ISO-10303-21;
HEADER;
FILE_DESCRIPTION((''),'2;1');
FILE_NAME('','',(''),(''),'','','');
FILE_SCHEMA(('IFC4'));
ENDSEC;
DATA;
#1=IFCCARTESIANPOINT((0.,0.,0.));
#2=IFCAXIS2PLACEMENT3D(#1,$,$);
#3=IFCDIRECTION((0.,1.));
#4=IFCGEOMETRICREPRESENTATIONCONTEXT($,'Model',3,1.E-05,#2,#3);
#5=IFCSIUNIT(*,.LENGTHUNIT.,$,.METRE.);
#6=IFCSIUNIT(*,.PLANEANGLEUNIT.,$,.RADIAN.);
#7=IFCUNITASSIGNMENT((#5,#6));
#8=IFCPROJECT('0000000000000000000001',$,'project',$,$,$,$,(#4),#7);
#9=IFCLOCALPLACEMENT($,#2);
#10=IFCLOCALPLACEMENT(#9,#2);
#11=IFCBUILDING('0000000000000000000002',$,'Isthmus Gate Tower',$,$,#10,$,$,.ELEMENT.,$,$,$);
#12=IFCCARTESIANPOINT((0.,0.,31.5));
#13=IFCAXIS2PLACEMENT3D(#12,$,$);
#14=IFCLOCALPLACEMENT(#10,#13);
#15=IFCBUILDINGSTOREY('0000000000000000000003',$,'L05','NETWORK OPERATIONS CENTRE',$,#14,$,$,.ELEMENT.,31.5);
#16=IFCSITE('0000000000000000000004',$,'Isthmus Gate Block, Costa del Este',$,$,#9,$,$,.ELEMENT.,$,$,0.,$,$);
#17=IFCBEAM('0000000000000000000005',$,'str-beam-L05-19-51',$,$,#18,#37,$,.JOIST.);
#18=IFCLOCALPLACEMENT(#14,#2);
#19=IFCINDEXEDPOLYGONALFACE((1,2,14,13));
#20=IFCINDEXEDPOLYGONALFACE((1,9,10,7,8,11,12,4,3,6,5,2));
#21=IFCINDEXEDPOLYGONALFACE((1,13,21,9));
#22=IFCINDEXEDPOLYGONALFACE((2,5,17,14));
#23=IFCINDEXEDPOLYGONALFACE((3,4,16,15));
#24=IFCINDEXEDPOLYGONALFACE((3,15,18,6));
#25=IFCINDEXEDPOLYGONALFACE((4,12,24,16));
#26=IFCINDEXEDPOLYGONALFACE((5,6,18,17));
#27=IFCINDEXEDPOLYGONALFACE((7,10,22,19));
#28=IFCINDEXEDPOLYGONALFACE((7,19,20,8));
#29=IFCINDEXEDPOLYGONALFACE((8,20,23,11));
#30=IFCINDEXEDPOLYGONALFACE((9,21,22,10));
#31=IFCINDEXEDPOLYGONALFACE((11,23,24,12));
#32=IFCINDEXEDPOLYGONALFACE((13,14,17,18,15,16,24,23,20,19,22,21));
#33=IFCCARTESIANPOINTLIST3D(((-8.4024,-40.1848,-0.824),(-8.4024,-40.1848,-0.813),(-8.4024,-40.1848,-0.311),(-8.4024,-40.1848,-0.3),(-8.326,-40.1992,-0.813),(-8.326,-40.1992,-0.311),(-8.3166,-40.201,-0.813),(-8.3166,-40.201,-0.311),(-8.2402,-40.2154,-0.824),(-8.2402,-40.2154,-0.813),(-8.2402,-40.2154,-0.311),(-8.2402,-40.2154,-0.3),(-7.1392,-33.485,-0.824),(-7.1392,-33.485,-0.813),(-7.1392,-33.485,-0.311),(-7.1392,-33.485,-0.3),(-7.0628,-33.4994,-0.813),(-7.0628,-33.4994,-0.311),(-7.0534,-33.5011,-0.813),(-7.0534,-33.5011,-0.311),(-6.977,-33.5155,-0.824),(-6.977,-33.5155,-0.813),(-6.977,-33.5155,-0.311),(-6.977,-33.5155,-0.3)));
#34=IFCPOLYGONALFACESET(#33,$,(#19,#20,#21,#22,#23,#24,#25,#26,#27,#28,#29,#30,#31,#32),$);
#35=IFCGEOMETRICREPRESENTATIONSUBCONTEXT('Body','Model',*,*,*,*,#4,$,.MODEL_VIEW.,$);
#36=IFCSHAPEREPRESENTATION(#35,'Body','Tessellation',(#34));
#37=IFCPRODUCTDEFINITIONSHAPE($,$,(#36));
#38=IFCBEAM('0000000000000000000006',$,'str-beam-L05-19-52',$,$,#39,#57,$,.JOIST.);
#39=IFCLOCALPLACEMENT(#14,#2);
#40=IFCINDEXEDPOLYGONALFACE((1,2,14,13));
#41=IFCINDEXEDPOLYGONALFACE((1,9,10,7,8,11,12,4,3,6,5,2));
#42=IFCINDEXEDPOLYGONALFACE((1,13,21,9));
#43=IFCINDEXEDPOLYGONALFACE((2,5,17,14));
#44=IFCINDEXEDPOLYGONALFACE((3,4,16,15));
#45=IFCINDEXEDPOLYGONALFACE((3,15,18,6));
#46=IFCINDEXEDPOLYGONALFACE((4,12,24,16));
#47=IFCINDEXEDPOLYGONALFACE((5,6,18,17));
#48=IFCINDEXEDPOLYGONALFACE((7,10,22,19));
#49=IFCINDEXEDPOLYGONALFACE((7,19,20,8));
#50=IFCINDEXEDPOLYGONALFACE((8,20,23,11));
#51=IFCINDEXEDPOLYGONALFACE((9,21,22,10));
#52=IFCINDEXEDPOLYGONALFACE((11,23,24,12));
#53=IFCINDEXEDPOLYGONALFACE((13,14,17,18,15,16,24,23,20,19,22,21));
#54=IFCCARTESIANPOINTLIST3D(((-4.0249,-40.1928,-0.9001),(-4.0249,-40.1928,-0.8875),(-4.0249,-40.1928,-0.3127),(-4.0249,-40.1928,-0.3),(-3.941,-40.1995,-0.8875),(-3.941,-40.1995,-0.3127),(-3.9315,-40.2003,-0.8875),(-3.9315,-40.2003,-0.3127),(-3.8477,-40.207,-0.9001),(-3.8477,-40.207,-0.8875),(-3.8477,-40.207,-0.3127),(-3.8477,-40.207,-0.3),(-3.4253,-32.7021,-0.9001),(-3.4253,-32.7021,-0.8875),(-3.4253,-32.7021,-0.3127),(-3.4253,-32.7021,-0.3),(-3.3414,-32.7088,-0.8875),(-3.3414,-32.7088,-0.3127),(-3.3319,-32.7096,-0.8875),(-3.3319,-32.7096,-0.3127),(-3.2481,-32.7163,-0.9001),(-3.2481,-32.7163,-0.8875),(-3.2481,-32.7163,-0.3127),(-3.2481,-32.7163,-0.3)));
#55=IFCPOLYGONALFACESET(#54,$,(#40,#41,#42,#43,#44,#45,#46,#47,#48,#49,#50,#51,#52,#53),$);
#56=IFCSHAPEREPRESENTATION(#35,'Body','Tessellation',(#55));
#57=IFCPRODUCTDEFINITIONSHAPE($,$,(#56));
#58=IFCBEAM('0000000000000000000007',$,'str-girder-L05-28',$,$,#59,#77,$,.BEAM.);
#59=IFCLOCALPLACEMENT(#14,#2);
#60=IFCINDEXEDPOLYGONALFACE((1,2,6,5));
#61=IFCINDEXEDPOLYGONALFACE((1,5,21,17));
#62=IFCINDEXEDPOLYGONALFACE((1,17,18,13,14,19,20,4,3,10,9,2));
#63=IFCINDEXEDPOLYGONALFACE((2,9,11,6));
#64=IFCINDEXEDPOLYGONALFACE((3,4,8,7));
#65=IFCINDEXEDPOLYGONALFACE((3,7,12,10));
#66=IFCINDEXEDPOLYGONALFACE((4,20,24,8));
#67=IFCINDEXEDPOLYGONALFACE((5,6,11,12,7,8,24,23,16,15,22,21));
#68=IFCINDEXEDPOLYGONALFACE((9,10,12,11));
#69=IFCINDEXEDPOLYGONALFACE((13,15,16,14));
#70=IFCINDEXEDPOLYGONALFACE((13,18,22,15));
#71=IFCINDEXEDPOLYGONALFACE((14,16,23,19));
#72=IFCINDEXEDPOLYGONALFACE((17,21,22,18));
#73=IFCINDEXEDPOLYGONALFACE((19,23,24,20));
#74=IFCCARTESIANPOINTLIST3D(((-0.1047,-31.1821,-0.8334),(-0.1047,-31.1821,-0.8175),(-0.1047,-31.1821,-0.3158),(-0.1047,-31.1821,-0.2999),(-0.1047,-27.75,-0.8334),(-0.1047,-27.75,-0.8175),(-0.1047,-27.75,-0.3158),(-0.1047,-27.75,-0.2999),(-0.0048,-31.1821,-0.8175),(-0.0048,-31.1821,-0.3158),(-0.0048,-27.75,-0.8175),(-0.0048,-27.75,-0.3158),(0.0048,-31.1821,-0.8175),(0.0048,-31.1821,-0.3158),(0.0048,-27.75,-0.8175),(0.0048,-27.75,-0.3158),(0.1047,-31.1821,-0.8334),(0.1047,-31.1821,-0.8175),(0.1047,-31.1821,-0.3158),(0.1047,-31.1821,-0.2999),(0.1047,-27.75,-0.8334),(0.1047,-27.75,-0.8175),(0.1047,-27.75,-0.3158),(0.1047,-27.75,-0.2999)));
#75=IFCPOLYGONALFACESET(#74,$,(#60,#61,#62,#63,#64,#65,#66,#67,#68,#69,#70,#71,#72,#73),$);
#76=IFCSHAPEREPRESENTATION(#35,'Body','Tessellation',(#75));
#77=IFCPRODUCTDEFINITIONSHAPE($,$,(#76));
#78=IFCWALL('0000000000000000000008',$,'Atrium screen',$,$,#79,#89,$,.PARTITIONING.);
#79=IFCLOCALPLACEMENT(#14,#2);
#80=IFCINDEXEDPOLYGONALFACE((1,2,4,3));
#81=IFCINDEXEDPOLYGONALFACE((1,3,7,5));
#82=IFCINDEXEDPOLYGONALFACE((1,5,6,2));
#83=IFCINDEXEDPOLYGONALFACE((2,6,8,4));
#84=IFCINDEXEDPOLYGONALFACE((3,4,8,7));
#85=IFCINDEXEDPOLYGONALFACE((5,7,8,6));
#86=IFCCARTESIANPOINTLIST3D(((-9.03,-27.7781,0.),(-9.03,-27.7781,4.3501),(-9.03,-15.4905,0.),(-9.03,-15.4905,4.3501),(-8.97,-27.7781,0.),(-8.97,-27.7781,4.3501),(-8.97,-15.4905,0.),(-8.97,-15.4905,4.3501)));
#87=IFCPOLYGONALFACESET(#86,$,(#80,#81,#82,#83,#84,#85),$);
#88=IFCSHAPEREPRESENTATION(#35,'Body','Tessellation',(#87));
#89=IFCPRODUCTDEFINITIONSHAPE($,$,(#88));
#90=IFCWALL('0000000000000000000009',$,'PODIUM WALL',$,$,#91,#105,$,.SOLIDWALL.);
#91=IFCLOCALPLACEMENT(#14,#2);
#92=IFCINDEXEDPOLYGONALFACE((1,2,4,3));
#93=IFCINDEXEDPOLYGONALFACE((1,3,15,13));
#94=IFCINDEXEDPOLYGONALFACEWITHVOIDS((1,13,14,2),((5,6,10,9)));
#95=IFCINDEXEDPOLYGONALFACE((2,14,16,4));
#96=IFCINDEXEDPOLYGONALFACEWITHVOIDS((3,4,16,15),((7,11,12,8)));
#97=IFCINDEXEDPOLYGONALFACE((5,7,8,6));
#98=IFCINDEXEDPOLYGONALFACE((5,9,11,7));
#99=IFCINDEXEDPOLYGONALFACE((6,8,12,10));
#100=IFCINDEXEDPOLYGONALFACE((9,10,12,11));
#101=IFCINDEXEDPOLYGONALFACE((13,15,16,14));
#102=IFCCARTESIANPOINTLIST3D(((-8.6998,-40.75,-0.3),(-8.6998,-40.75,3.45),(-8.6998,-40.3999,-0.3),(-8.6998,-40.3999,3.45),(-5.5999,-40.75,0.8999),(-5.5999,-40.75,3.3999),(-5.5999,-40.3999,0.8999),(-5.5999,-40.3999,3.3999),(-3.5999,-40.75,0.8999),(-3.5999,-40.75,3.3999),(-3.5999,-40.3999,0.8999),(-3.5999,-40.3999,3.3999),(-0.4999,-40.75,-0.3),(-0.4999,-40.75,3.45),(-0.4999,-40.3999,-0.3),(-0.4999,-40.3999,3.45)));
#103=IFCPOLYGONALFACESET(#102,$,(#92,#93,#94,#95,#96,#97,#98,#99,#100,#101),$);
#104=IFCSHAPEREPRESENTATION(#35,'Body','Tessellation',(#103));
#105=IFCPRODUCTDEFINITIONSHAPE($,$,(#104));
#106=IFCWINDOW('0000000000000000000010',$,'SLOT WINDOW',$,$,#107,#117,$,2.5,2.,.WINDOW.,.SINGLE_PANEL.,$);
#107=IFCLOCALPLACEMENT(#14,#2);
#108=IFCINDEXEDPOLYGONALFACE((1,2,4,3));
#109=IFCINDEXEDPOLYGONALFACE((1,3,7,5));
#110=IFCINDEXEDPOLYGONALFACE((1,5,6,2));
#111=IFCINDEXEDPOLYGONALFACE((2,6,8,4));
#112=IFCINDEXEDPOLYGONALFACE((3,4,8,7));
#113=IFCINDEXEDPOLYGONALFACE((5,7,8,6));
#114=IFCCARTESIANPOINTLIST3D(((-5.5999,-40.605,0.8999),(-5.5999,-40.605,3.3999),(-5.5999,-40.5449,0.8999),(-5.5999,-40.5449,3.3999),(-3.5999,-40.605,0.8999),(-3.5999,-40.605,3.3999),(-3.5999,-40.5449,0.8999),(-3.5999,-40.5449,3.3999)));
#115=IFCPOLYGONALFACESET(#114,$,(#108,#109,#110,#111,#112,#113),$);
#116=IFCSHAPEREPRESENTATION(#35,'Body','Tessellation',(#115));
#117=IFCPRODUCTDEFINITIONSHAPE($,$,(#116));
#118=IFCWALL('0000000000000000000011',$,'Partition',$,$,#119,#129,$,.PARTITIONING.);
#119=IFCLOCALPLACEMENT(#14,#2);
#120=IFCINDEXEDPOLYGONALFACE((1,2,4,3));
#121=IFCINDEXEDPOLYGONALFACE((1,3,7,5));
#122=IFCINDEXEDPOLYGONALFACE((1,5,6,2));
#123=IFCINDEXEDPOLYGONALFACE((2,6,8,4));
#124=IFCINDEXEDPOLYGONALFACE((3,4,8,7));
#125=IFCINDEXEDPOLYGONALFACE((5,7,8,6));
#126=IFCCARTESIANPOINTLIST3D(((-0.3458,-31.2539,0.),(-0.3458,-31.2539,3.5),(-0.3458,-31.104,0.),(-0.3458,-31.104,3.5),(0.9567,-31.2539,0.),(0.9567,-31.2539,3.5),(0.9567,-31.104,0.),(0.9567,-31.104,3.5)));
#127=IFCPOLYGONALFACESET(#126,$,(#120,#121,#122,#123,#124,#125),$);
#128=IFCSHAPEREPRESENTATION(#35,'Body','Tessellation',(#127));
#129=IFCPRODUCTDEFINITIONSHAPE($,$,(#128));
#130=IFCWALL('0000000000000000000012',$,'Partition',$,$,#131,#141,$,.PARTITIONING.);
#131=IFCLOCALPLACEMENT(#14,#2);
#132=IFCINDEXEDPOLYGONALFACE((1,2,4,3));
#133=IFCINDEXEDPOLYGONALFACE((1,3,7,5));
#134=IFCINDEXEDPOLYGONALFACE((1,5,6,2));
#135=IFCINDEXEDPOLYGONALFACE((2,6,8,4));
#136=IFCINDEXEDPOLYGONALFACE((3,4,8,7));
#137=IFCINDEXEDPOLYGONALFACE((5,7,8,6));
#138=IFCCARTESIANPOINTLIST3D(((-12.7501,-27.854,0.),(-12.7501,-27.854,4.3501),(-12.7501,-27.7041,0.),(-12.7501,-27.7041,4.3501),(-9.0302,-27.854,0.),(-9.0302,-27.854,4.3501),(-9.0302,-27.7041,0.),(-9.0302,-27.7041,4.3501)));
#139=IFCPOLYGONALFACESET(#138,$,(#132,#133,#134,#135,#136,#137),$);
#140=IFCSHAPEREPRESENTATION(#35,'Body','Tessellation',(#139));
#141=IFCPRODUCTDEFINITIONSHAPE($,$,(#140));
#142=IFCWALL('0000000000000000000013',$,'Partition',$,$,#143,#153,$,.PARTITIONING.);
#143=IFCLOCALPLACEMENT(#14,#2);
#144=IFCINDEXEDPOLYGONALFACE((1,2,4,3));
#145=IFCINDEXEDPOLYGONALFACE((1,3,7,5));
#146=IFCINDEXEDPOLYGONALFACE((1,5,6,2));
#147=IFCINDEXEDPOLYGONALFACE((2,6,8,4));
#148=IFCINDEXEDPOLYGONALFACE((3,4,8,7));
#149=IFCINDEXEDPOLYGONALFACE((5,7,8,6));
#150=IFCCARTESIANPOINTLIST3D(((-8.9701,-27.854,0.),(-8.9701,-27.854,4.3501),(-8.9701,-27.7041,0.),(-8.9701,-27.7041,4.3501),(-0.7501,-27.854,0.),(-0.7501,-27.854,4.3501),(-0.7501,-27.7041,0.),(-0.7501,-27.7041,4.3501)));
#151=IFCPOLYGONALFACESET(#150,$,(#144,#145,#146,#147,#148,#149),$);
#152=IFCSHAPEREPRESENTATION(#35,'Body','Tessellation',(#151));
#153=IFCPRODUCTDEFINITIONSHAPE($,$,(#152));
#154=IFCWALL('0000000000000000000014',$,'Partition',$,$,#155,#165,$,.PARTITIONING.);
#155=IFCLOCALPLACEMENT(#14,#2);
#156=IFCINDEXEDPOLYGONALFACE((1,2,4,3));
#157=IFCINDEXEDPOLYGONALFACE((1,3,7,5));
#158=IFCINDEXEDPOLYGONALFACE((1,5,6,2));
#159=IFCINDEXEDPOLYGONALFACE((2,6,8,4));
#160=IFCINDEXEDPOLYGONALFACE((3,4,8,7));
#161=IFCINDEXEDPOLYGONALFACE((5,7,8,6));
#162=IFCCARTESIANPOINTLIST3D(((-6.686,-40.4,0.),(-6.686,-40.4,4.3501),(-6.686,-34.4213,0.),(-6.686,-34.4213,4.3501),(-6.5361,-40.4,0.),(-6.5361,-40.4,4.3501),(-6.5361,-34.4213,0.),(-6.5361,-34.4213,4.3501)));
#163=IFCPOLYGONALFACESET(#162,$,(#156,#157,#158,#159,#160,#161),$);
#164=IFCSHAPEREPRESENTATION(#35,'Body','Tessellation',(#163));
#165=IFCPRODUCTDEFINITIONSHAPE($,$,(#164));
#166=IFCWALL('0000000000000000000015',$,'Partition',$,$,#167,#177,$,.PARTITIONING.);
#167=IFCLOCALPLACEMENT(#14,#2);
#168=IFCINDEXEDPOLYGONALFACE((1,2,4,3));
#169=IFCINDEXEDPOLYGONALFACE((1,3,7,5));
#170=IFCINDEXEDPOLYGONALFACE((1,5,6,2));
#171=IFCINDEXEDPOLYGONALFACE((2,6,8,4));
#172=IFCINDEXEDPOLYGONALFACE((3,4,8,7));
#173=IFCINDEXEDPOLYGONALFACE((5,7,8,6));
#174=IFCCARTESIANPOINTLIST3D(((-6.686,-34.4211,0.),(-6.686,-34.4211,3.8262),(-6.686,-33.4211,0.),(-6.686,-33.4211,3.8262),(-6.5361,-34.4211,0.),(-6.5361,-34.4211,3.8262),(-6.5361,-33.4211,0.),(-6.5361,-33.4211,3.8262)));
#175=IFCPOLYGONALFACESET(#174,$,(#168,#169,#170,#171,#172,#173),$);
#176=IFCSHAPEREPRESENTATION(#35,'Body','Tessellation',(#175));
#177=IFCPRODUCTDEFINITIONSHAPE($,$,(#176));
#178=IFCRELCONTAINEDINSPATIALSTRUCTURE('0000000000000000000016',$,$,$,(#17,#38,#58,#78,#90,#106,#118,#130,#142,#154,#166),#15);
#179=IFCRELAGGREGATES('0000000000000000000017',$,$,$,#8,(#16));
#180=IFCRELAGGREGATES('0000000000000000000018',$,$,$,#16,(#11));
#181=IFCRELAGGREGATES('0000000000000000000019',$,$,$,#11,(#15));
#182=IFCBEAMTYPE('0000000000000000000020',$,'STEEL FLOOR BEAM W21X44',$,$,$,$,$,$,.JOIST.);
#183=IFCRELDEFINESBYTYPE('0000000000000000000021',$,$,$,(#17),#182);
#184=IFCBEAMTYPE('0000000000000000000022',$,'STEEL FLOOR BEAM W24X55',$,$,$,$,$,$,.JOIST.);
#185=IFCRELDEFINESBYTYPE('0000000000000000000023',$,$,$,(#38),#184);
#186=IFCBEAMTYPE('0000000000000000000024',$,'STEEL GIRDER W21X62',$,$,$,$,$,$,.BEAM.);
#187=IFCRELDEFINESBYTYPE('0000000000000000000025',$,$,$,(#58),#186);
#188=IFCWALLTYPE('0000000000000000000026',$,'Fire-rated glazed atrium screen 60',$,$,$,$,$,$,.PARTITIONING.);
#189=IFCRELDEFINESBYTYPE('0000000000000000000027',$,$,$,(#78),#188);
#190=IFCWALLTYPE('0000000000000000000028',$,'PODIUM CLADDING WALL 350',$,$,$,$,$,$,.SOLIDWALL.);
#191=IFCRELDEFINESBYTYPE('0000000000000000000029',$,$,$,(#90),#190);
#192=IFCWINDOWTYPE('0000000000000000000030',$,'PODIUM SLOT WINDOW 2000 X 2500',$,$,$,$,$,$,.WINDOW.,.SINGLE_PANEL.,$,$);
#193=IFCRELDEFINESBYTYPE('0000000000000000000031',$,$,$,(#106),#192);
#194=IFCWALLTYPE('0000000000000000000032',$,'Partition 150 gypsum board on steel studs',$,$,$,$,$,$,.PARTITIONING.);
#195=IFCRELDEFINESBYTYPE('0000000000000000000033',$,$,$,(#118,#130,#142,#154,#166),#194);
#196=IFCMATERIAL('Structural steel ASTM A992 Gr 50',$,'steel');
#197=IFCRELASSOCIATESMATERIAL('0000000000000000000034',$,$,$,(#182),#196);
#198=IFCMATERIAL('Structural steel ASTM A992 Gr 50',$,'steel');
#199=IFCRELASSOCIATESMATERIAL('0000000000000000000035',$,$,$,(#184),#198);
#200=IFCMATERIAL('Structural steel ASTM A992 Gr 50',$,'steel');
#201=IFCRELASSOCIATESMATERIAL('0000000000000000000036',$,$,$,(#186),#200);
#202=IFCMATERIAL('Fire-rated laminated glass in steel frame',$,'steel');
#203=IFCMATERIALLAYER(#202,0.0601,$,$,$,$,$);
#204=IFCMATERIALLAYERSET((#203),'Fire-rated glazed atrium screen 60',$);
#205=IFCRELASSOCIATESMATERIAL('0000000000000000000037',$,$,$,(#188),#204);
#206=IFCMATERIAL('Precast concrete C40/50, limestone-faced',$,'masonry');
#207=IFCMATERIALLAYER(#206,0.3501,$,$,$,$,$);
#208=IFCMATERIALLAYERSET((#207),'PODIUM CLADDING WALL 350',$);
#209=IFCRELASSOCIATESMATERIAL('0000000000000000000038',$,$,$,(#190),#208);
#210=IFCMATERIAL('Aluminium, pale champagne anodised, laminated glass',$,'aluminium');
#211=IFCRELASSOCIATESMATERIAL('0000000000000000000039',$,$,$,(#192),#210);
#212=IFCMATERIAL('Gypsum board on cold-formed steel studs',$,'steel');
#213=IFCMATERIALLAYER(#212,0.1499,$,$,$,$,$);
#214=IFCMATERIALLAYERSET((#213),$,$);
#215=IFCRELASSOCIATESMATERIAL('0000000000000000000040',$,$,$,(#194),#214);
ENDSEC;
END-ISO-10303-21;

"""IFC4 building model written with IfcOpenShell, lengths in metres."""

from ifc_helpers import new_model, si_unit, direction, frame, frame_2d, origin, origin_2d, place, context, subcontext, project, spatial, rectangle, i_section, extrude, material, layer, layer_set, material_profile, profile_set, type_object, element, fill, save


model = new_model("IFC4")

# Units and contexts
model_context = context("Model", 3, precision=1e-05, world=origin(), true_north=direction((0.0, 1.0)))
body_context = subcontext(model_context, "Body", "Model", "MODEL_VIEW")
ifc_project = project(units=[si_unit("LENGTHUNIT", "METRE"), si_unit("PLANEANGLEUNIT", "RADIAN")], contexts=[model_context])

# Site, building, storey
site_placement = place(None, origin())
site = spatial("IfcSite", under=ifc_project, at=site_placement, Name="Isthmus Gate Block, Costa del Este", CompositionType="ELEMENT", RefElevation=0.0)
building_placement = place(site_placement, origin())
building = spatial("IfcBuilding", under=site, at=building_placement, Name="Isthmus Gate Tower", CompositionType="ELEMENT")
storey_placement = place(building_placement, frame((0.0, 0.0, 31.5)))
storey = spatial("IfcBuildingStorey", under=building, at=storey_placement, Name="L05", Description="NETWORK OPERATIONS CENTRE", CompositionType="ELEMENT", Elevation=31.5)

# Beams
ifc_material_1 = material(Name="Structural steel ASTM A992 Gr 50", Category="steel")
ifc_material_profile_1 = material_profile(ifc_material_1, i_section(OverallWidth=0.165, OverallDepth=0.5239, WebThickness=0.0095, FlangeThickness=0.011, at=origin_2d()), Name="W21X44")
ifc_profile_set_1 = profile_set([ifc_material_profile_1], Name="Structural steel ASTM A992 Gr 50")
beam_type_1 = type_object("IfcBeamType", Name="STEEL FLOOR BEAM W21X44", PredefinedType="JOIST", material=ifc_profile_set_1)
beam_1_placement = place(storey_placement, frame((-7.0581, -33.5002, -0.562), z_axis=(-0.185279, -0.982686, 0.0), x_axis=(0.982686, -0.185279, 0.0)))
element("IfcBeam", 1, at=beam_1_placement, inside=storey, type_object=beam_type_1, Name="str-beam-L05-19-51", PredefinedType="JOIST", context=body_context, shape_type="SweptSolid", body=[
    extrude(i_section(OverallWidth=0.165, OverallDepth=0.5239, WebThickness=0.0095, FlangeThickness=0.011, at=origin_2d()), origin(), (0.0, 0.0, 1.0), 6.8179),
])
ifc_material_2 = material(Name="Structural steel ASTM A992 Gr 50", Category="steel")
ifc_material_profile_2 = material_profile(ifc_material_2, i_section(OverallWidth=0.1777, OverallDepth=0.6001, WebThickness=0.0095, FlangeThickness=0.0127, at=origin_2d()), Name="W24X55")
ifc_profile_set_2 = profile_set([ifc_material_profile_2], Name="Structural steel ASTM A992 Gr 50")
beam_type_2 = type_object("IfcBeamType", Name="STEEL FLOOR BEAM W24X55", PredefinedType="JOIST", material=ifc_profile_set_2)
beam_2_placement = place(storey_placement, frame((-3.3367, -32.7092, -0.6001), z_axis=(-0.079792, -0.996812, 0.0), x_axis=(0.996812, -0.079792, 0.0)))
element("IfcBeam", 2, at=beam_2_placement, inside=storey, type_object=beam_type_2, Name="str-beam-L05-19-52", PredefinedType="JOIST", context=body_context, shape_type="SweptSolid", body=[
    extrude(i_section(OverallWidth=0.1777, OverallDepth=0.6001, WebThickness=0.0095, FlangeThickness=0.0127, at=origin_2d()), origin(), (0.0, 0.0, 1.0), 7.5146),
])
ifc_material_3 = material(Name="Structural steel ASTM A992 Gr 50", Category="steel")
ifc_material_profile_3 = material_profile(ifc_material_3, i_section(OverallWidth=0.2095, OverallDepth=0.5334, WebThickness=0.0095, FlangeThickness=0.0159, at=origin_2d()), Name="W21X62")
ifc_profile_set_3 = profile_set([ifc_material_profile_3], Name="Structural steel ASTM A992 Gr 50")
beam_type_3 = type_object("IfcBeamType", Name="STEEL GIRDER W21X62", PredefinedType="BEAM", material=ifc_profile_set_3)
beam_3_placement = place(storey_placement, frame((0.0, -31.1821, -0.5667), z_axis=(0.0, 1.0, 0.0), x_axis=(-1.0, 0.0, 0.0)))
element("IfcBeam", 3, at=beam_3_placement, inside=storey, type_object=beam_type_3, Name="str-girder-L05-28", PredefinedType="BEAM", context=body_context, shape_type="SweptSolid", body=[
    extrude(i_section(OverallWidth=0.2095, OverallDepth=0.5334, WebThickness=0.0095, FlangeThickness=0.0159, at=origin_2d()), origin(), (0.0, 0.0, 1.0), 3.4321),
])

# Wall
ifc_material_4 = material(Name="Fire-rated laminated glass in steel frame", Category="steel")
ifc_layer_1 = layer(ifc_material_4, 0.0601)
ifc_layer_set_1 = layer_set([ifc_layer_1], Name="Fire-rated glazed atrium screen 60")
wall_type_1 = type_object("IfcWallType", Name="Fire-rated glazed atrium screen 60", PredefinedType="PARTITIONING", material=ifc_layer_set_1)
wall_1_placement = place(storey_placement, frame((-9.0, -27.7781, 0.0), z_axis=(0.0, 0.0, 1.0), x_axis=(0.0, 1.0, 0.0)))
element("IfcWall", 4, at=wall_1_placement, inside=storey, type_object=wall_type_1, Name="Atrium screen", PredefinedType="PARTITIONING", context=body_context, shape_type="SweptSolid", body=[
    extrude(rectangle(XDim=12.2876, YDim=0.0601, at=frame_2d((6.1438, 0.0))), origin(), (0.0, 0.0, 1.0), 4.3501),
])

# Wall, opening, window
ifc_material_5 = material(Name="Precast concrete C40/50, limestone-faced", Category="masonry")
ifc_layer_2 = layer(ifc_material_5, 0.3501)
ifc_layer_set_2 = layer_set([ifc_layer_2], Name="PODIUM CLADDING WALL 350")
wall_type_2 = type_object("IfcWallType", Name="PODIUM CLADDING WALL 350", PredefinedType="SOLIDWALL", material=ifc_layer_set_2)
wall_2_placement = place(storey_placement, frame((-8.7, -40.575, -0.3), z_axis=(0.0, 0.0, 1.0), x_axis=(1.0, 0.0, 0.0)))
wall_2 = element("IfcWall", 5, at=wall_2_placement, inside=storey, type_object=wall_type_2, Name="PODIUM WALL", PredefinedType="SOLIDWALL", context=body_context, shape_type="SweptSolid", body=[
    extrude(rectangle(XDim=8.2, YDim=0.3501, at=frame_2d((4.1001, 0.0))), origin(), (0.0, 0.0, 1.0), 3.75),
])
opening_placement = place(wall_2_placement, frame((3.1001, 0.0, 1.2)))
opening = element("IfcOpeningElement", 6, at=opening_placement, cuts=wall_2, PredefinedType="OPENING", context=body_context, shape_type="SweptSolid", body=[
    extrude(rectangle(XDim=2.0, YDim=2.5, at=frame_2d((1.0, 1.25))), frame((0.0, 0.1851, 0.0), z_axis=(0.0, -1.0, 0.0), x_axis=(1.0, 0.0, 0.0)), (0.0, 0.0, 1.0), 0.3701),
])
ifc_material_6 = material(Name="Aluminium, pale champagne anodised, laminated glass", Category="aluminium")
window_type = type_object("IfcWindowType", Name="PODIUM SLOT WINDOW 2000 X 2500", PartitioningType="SINGLE_PANEL", PredefinedType="WINDOW", material=ifc_material_6)
window_placement = place(opening_placement, origin())
window = element("IfcWindow", 7, at=window_placement, inside=storey, type_object=window_type, Name="SLOT WINDOW", OverallHeight=2.5, OverallWidth=2.0, PartitioningType="SINGLE_PANEL", PredefinedType="WINDOW", context=body_context, shape_type="SweptSolid", body=[
    extrude(rectangle(XDim=2.0, YDim=2.5, at=frame_2d((1.0, 1.25))), frame((0.0, 0.03, 0.0), z_axis=(0.0, -1.0, 0.0), x_axis=(1.0, 0.0, 0.0)), (0.0, 0.0, 1.0), 0.0601),
])
fill(opening, window)

# Walls
ifc_material_7 = material(Name="Gypsum board on cold-formed steel studs", Category="steel")
ifc_layer_3 = layer(ifc_material_7, 0.1499)
ifc_layer_set_3 = layer_set([ifc_layer_3])
wall_type_3 = type_object("IfcWallType", Name="Partition 150 gypsum board on steel studs", PredefinedType="PARTITIONING", material=ifc_layer_set_3)
wall_3_placement = place(storey_placement, frame((-0.3459, -31.179, 0.0), z_axis=(0.0, 0.0, 1.0), x_axis=(1.0, 0.0, 0.0)))
element("IfcWall", 8, at=wall_3_placement, inside=storey, type_object=wall_type_3, Name="Partition", PredefinedType="PARTITIONING", context=body_context, shape_type="SweptSolid", body=[
    extrude(rectangle(XDim=1.3025, YDim=0.1499, at=frame_2d((0.6514, 0.0))), origin(), (0.0, 0.0, 1.0), 3.5),
])
wall_4_placement = place(storey_placement, frame((-12.75, -27.7791, 0.0), z_axis=(0.0, 0.0, 1.0), x_axis=(1.0, 0.0, 0.0)))
element("IfcWall", 9, at=wall_4_placement, inside=storey, type_object=wall_type_3, Name="Partition", PredefinedType="PARTITIONING", context=body_context, shape_type="SweptSolid", body=[
    extrude(rectangle(XDim=3.72, YDim=0.1499, at=frame_2d((1.8599, 0.0))), origin(), (0.0, 0.0, 1.0), 4.3501),
])
wall_5_placement = place(storey_placement, frame((-8.97, -27.7791, 0.0), z_axis=(0.0, 0.0, 1.0), x_axis=(1.0, 0.0, 0.0)))
element("IfcWall", 10, at=wall_5_placement, inside=storey, type_object=wall_type_3, Name="Partition", PredefinedType="PARTITIONING", context=body_context, shape_type="SweptSolid", body=[
    extrude(rectangle(XDim=8.22, YDim=0.1499, at=frame_2d((4.1099, 0.0))), origin(), (0.0, 0.0, 1.0), 4.3501),
])
wall_6_placement = place(storey_placement, frame((-6.6111, -40.3999, 0.0), z_axis=(0.0, 0.0, 1.0), x_axis=(0.0, 1.0, 0.0)))
element("IfcWall", 11, at=wall_6_placement, inside=storey, type_object=wall_type_3, Name="Partition", PredefinedType="PARTITIONING", context=body_context, shape_type="SweptSolid", body=[
    extrude(rectangle(XDim=5.9788, YDim=0.1499, at=frame_2d((2.9893, 0.0))), origin(), (0.0, 0.0, 1.0), 4.3501),
])
wall_7_placement = place(storey_placement, frame((-6.6111, -34.4211, 0.0), z_axis=(0.0, 0.0, 1.0), x_axis=(0.0, 1.0, 0.0)))
element("IfcWall", 12, at=wall_7_placement, inside=storey, type_object=wall_type_3, Name="Partition", PredefinedType="PARTITIONING", context=body_context, shape_type="SweptSolid", body=[
    extrude(rectangle(XDim=1.0, YDim=0.1499, at=frame_2d((0.5, 0.0))), origin(), (0.0, 0.0, 1.0), 3.8262),
])

save(model, "model.ifc")
